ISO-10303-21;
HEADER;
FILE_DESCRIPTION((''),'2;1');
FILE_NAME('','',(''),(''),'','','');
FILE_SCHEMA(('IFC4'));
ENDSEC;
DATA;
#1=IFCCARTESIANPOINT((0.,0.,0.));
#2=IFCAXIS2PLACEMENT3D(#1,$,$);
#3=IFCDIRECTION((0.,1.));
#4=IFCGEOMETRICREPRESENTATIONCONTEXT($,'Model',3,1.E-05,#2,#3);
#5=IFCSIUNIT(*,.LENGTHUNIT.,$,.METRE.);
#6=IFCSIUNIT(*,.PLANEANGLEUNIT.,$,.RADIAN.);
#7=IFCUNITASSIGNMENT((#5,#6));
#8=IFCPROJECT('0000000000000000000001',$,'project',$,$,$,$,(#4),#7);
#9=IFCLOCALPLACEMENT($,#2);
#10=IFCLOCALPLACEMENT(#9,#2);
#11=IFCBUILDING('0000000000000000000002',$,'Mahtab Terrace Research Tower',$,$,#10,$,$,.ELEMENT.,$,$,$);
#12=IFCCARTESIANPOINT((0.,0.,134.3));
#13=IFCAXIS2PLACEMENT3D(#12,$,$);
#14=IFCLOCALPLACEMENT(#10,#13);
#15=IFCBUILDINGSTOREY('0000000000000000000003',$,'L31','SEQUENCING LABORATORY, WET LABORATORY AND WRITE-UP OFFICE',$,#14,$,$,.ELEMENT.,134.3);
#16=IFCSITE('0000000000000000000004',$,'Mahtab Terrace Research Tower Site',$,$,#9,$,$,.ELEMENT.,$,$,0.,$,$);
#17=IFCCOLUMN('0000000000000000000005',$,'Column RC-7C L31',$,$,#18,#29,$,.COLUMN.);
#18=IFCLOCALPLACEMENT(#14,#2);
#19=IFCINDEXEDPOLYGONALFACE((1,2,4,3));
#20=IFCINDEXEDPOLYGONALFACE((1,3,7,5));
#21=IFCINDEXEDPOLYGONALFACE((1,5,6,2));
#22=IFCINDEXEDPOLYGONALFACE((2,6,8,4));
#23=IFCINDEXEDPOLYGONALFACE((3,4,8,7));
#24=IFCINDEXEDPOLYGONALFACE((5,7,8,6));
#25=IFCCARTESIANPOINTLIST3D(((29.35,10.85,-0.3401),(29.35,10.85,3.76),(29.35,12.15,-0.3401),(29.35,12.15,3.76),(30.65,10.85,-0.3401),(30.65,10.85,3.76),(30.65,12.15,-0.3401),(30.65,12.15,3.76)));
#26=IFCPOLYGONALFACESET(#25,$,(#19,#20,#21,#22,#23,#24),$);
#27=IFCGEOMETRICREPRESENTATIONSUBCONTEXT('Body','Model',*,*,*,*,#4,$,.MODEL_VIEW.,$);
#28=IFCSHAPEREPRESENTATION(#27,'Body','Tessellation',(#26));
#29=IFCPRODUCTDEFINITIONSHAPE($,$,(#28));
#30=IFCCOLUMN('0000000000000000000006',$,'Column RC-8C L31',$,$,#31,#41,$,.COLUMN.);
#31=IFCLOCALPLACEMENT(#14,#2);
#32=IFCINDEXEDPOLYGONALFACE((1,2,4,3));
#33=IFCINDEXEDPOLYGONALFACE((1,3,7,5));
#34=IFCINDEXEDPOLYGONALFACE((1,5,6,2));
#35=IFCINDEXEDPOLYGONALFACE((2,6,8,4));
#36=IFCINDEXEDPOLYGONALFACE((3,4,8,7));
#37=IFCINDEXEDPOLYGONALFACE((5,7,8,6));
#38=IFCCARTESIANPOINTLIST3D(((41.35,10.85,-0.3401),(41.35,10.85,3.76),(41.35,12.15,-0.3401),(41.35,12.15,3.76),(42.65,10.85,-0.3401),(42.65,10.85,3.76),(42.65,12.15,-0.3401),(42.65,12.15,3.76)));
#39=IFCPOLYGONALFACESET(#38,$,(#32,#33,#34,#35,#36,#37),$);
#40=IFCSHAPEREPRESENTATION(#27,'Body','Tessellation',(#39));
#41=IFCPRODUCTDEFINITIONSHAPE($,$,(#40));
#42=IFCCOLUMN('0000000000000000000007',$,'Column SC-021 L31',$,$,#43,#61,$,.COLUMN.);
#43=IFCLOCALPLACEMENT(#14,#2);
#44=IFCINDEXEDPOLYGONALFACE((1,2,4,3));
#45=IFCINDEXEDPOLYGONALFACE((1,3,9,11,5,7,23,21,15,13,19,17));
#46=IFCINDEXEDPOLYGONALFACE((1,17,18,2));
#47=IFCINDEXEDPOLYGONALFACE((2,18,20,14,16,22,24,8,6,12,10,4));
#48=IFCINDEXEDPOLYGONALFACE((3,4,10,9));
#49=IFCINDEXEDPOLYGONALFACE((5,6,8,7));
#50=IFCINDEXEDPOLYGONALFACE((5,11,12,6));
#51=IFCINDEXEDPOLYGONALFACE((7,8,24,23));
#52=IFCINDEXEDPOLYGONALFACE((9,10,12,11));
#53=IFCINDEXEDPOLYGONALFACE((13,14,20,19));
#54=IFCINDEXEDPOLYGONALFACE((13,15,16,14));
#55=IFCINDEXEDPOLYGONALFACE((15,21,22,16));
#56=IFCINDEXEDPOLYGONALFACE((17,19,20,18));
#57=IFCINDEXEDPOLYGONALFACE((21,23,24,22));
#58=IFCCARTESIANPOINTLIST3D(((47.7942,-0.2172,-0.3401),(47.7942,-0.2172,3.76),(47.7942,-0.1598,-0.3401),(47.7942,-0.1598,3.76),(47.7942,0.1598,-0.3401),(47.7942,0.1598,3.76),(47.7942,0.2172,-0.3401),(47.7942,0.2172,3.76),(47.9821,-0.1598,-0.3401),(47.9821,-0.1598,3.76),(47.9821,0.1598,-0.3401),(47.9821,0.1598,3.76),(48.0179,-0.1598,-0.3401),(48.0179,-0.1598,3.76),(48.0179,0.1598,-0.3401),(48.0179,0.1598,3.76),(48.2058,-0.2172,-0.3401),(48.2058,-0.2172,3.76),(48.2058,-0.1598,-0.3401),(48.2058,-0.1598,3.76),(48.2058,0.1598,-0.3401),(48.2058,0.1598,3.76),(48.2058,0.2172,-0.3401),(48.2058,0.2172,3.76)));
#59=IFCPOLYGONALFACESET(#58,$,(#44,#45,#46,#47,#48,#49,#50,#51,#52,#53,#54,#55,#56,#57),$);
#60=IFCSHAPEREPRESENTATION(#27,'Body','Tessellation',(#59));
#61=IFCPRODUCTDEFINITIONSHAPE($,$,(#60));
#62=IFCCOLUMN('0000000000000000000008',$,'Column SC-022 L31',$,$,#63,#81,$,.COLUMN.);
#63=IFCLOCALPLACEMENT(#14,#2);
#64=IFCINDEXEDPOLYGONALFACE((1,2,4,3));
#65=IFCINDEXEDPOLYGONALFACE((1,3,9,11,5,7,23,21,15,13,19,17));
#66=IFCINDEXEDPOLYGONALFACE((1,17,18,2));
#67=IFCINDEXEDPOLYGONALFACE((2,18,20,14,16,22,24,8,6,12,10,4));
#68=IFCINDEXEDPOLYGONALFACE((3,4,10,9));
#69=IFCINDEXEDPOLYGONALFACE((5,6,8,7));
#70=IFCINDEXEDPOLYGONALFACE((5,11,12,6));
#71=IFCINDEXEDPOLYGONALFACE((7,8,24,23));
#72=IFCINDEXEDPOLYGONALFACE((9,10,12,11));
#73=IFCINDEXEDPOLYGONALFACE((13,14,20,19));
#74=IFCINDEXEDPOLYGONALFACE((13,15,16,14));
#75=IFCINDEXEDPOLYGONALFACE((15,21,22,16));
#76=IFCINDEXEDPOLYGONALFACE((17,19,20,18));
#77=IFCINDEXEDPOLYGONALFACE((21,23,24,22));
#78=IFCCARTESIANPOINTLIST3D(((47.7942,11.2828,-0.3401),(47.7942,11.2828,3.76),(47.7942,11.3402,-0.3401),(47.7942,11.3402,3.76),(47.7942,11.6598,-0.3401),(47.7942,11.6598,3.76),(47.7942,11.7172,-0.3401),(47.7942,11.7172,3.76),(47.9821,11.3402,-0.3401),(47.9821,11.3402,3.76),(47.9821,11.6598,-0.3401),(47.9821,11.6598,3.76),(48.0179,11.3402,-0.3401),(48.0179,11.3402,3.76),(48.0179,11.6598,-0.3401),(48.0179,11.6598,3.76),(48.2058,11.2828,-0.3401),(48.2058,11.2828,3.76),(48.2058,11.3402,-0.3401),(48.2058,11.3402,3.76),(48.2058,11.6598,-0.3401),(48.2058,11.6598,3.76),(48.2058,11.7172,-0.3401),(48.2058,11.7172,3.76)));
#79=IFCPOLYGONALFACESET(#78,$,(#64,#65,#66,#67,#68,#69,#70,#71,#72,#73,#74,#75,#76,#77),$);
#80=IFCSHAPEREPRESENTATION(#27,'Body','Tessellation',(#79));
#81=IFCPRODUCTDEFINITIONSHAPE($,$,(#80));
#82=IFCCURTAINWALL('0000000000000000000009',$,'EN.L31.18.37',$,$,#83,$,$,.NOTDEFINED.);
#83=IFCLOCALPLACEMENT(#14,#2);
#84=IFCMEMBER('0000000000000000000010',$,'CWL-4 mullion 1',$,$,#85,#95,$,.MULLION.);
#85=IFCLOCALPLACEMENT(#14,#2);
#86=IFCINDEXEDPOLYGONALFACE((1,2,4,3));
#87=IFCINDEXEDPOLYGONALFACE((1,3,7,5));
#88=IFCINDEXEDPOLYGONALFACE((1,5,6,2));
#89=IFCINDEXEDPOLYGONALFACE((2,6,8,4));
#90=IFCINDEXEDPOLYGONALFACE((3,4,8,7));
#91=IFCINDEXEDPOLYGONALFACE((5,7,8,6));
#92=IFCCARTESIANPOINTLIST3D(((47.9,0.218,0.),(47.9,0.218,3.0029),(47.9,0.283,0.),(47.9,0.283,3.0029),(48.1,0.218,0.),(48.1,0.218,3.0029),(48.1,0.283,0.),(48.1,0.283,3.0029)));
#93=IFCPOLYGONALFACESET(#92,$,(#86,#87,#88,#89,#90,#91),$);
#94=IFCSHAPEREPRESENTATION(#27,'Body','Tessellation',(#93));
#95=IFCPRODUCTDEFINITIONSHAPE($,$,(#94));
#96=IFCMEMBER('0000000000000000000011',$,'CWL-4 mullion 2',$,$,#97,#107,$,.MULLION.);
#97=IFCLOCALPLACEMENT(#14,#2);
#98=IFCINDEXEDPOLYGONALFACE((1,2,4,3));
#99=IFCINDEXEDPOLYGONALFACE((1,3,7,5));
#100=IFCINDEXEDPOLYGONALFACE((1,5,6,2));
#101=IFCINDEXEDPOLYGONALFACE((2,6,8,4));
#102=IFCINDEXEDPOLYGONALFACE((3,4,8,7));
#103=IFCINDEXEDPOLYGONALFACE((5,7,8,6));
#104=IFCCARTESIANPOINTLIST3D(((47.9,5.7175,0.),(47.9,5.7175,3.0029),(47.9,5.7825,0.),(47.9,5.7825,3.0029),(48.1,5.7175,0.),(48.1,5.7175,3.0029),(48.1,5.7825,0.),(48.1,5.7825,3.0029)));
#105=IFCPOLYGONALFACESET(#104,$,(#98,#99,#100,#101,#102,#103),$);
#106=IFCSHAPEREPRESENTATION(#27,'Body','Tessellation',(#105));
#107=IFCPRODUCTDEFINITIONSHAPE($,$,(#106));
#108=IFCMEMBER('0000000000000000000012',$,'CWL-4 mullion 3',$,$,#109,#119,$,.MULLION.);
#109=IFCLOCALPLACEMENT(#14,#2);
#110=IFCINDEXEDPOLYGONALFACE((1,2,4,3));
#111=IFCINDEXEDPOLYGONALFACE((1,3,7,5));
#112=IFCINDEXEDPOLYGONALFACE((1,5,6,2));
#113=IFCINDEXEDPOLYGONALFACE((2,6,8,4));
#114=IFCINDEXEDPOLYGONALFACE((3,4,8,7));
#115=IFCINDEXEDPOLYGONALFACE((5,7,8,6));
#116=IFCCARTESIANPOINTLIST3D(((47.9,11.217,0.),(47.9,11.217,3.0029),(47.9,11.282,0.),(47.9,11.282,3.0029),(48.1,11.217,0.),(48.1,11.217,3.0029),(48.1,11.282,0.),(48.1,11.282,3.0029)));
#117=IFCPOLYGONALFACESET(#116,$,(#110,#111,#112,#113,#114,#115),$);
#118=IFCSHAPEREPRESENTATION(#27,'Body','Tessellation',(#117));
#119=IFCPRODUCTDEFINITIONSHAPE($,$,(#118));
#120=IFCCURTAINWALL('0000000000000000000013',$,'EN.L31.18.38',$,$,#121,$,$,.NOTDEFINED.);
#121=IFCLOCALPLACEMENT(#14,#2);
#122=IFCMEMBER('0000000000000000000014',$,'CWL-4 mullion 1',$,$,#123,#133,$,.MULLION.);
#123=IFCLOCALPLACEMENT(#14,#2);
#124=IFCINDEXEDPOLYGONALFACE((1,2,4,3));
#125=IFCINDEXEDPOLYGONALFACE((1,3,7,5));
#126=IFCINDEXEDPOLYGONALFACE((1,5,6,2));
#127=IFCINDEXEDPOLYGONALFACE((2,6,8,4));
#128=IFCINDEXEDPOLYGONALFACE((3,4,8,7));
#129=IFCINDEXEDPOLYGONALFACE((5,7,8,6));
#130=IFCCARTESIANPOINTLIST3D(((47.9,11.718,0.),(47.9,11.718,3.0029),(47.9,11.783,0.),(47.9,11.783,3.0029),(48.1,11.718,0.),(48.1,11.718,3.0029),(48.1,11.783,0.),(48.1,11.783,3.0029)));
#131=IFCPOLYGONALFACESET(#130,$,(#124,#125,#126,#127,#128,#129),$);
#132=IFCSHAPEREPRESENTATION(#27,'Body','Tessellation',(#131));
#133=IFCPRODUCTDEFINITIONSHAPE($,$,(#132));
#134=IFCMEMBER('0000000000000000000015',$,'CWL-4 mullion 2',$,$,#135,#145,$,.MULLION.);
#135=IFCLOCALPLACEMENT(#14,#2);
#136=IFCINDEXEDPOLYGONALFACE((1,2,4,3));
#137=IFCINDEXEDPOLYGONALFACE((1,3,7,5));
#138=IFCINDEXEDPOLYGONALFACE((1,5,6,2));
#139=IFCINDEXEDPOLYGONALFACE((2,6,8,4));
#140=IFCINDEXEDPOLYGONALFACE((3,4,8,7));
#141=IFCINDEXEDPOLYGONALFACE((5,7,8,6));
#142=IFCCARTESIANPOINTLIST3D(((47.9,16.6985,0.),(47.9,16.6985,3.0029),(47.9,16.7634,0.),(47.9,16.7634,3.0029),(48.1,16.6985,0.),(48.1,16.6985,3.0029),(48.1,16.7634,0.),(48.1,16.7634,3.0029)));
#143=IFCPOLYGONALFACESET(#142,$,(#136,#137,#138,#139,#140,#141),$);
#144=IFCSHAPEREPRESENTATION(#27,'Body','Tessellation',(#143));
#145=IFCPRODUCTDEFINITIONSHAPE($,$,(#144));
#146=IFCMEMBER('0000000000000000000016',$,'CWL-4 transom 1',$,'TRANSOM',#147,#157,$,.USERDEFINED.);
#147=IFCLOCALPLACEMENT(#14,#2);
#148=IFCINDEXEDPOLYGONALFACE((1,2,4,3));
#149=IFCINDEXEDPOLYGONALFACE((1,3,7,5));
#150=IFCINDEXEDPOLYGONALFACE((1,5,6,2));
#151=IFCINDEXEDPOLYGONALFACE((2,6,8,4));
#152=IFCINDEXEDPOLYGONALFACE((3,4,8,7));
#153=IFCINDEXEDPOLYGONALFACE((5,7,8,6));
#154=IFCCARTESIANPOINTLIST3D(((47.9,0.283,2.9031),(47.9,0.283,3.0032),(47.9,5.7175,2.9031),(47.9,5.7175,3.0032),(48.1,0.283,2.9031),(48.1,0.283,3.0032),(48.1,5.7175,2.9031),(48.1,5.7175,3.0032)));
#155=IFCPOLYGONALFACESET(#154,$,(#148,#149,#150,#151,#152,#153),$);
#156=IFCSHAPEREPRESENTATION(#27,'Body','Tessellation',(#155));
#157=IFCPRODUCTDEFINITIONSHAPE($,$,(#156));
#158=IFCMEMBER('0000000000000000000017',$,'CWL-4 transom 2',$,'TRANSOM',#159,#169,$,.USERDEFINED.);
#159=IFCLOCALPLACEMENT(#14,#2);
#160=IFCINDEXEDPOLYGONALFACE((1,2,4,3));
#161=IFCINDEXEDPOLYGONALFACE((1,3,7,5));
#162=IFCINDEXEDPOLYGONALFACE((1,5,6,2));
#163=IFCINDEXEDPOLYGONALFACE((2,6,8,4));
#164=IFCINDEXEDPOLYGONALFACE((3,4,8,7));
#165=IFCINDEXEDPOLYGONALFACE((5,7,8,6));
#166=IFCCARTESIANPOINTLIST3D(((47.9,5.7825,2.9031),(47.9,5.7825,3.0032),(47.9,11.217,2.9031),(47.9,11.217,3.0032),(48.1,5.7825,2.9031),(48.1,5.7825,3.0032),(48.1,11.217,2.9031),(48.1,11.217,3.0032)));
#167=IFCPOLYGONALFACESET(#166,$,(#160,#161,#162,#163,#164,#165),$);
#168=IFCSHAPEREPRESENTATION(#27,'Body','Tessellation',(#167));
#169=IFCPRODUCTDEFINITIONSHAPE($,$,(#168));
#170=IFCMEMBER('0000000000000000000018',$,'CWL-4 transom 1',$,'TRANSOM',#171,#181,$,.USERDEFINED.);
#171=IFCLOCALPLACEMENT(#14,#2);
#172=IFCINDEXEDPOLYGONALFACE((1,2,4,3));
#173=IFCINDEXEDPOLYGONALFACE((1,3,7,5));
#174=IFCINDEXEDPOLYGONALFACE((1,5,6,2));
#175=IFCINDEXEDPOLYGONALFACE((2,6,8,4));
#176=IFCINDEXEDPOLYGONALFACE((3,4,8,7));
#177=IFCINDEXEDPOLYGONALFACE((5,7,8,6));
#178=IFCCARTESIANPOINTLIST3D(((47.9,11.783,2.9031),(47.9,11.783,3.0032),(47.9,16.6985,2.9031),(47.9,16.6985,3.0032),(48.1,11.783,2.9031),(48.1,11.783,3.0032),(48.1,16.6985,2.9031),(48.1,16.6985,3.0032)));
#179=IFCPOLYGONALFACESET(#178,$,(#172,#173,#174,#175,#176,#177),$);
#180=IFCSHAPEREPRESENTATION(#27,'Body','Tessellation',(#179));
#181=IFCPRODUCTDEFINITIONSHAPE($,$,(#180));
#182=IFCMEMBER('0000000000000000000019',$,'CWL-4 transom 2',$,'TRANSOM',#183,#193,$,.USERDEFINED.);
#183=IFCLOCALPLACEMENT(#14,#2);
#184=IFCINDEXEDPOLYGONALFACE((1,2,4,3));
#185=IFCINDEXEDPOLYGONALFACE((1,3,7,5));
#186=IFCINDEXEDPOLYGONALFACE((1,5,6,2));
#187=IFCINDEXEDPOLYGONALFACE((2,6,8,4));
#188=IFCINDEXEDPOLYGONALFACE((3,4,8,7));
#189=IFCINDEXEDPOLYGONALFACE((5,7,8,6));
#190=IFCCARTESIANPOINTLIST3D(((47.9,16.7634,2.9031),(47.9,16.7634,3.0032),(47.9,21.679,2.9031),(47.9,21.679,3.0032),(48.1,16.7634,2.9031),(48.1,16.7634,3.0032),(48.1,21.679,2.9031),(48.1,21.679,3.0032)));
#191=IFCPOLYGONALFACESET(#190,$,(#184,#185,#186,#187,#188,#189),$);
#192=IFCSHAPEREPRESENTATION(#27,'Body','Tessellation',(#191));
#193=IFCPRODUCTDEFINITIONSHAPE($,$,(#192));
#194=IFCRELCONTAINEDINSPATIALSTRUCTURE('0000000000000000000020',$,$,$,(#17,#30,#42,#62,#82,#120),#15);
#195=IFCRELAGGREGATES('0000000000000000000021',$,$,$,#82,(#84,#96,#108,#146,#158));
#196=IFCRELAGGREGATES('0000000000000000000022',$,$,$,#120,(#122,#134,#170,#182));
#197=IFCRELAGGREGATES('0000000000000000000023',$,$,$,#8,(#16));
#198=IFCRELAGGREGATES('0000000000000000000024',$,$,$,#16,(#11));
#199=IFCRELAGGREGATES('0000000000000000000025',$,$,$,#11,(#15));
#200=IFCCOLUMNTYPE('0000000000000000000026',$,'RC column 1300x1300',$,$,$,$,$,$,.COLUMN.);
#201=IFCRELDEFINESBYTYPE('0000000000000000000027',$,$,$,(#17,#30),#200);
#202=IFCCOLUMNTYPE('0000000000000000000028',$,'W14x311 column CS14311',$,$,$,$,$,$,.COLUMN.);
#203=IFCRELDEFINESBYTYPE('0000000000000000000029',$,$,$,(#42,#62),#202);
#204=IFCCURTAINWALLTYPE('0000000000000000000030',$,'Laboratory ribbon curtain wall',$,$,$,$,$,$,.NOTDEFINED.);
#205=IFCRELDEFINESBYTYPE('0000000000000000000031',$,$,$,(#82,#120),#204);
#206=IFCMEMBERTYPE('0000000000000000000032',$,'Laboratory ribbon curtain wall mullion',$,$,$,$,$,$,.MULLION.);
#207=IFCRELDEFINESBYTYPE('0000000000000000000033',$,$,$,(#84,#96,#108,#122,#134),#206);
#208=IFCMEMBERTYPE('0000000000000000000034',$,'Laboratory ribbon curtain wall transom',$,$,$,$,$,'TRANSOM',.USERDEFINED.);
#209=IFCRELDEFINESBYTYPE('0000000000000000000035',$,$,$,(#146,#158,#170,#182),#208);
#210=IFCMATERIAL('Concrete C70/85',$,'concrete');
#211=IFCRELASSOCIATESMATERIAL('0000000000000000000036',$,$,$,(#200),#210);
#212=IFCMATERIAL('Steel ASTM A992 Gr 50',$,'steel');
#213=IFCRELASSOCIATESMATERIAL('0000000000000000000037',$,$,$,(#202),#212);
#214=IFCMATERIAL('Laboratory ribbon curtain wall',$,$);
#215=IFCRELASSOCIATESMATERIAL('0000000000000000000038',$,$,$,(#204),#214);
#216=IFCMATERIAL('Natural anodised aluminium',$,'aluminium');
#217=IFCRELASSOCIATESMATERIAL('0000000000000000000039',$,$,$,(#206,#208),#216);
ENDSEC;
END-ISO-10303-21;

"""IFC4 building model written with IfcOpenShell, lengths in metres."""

from ifc_helpers import new_model, si_unit, direction, frame, origin, origin_2d, place, context, subcontext, project, spatial, rectangle, i_section, extrude, material, material_profile, profile_set, type_object, element, aggregate, save


model = new_model("IFC4")

# Units and contexts
model_context = context("Model", 3, precision=1e-05, world=origin(), true_north=direction((0.0, 1.0)))
body_context = subcontext(model_context, "Body", "Model", "MODEL_VIEW")
ifc_project = project(units=[si_unit("LENGTHUNIT", "METRE"), si_unit("PLANEANGLEUNIT", "RADIAN")], contexts=[model_context])

# Site, building, storey
site_placement = place(None, origin())
site = spatial("IfcSite", under=ifc_project, at=site_placement, Name="Mahtab Terrace Research Tower Site", CompositionType="ELEMENT", RefElevation=0.0)
building_placement = place(site_placement, origin())
building = spatial("IfcBuilding", under=site, at=building_placement, Name="Mahtab Terrace Research Tower", CompositionType="ELEMENT")
storey_placement = place(building_placement, frame((0.0, 0.0, 134.3)))
storey = spatial("IfcBuildingStorey", under=building, at=storey_placement, Name="L31", Description="SEQUENCING LABORATORY, WET LABORATORY AND WRITE-UP OFFICE", CompositionType="ELEMENT", Elevation=134.3)

# Columns
ifc_material_1 = material(Name="Concrete C70/85", Category="concrete")
ifc_material_profile_1 = material_profile(ifc_material_1, rectangle(XDim=1.3, YDim=1.3, at=origin_2d()), Name="RC column 1300x1300")
ifc_profile_set_1 = profile_set([ifc_material_profile_1], Name="Concrete C70/85")
column_type_1 = type_object("IfcColumnType", Name="RC column 1300x1300", PredefinedType="COLUMN", material=ifc_profile_set_1)
for number, where, z_axis, x_axis, name in (
    (1, (30.0, 11.5, -0.3401), (0.0, 0.0, 1.0), (1.0, 0.0, 0.0), "Column RC-7C L31"),
    (2, (42.0, 11.5, -0.3401), (0.0, 0.0, 1.0), (1.0, 0.0, 0.0), "Column RC-8C L31"),
):
    element("IfcColumn", number, at=place(storey_placement, frame(where, z_axis=z_axis, x_axis=x_axis)), inside=storey, type_object=column_type_1, Name=name, PredefinedType="COLUMN", context=body_context, shape_type="SweptSolid", body=[
        extrude(rectangle(XDim=1.3, YDim=1.3, at=origin_2d()), origin(), (0.0, 0.0, 1.0), 4.1001),
    ])
ifc_material_2 = material(Name="Steel ASTM A992 Gr 50", Category="steel")
ifc_material_profile_2 = material_profile(ifc_material_2, i_section(OverallWidth=0.4116, OverallDepth=0.4343, WebThickness=0.0359, FlangeThickness=0.0574, at=origin_2d()), Name="W14X311")
ifc_profile_set_2 = profile_set([ifc_material_profile_2], Name="Steel ASTM A992 Gr 50")
column_type_2 = type_object("IfcColumnType", Name="W14x311 column CS14311", PredefinedType="COLUMN", material=ifc_profile_set_2)
for number, where, z_axis, x_axis, name in (
    (3, (48.0, 0.0, -0.3401), (0.0, 0.0, 1.0), (1.0, 0.0, 0.0), "Column SC-021 L31"),
    (4, (48.0, 11.5, -0.3401), (0.0, 0.0, 1.0), (1.0, 0.0, 0.0), "Column SC-022 L31"),
):
    element("IfcColumn", number, at=place(storey_placement, frame(where, z_axis=z_axis, x_axis=x_axis)), inside=storey, type_object=column_type_2, Name=name, PredefinedType="COLUMN", context=body_context, shape_type="SweptSolid", body=[
        extrude(i_section(OverallWidth=0.4116, OverallDepth=0.4343, WebThickness=0.0359, FlangeThickness=0.0574, at=origin_2d()), origin(), (0.0, 0.0, 1.0), 4.1001),
    ])

# Curtain walls, members
ifc_material_3 = material(Name="Laboratory ribbon curtain wall")
curtain_wall_type = type_object("IfcCurtainWallType", Name="Laboratory ribbon curtain wall", PredefinedType="NOTDEFINED", material=ifc_material_3)
curtain_wall_1_placement = place(storey_placement, origin())
curtain_wall_1 = element("IfcCurtainWall", 5, at=curtain_wall_1_placement, inside=storey, type_object=curtain_wall_type, Name="EN.L31.18.37", PredefinedType="NOTDEFINED")
ifc_material_4 = material(Name="Natural anodised aluminium", Category="aluminium")
ifc_material_profile_3 = material_profile(ifc_material_4, rectangle(XDim=0.2, YDim=0.0649, at=origin_2d()), Name="MULLION 65x200")
ifc_profile_set_3 = profile_set([ifc_material_profile_3], Name="Natural anodised aluminium")
member_type_1 = type_object("IfcMemberType", Name="Laboratory ribbon curtain wall mullion", PredefinedType="MULLION", material=ifc_profile_set_3)
member_1_placement = place(storey_placement, frame((48.0, 0.2505, 0.0), z_axis=(0.0, 0.0, 1.0), x_axis=(-1.0, 0.0, 0.0)))
member_1 = element("IfcMember", 6, at=member_1_placement, type_object=member_type_1, Name="CWL-4 mullion 1", PredefinedType="MULLION", context=body_context, shape_type="SweptSolid", body=[
    extrude(rectangle(XDim=0.2, YDim=0.0649, at=origin_2d()), origin(), (0.0, 0.0, 1.0), 3.0029),
])
member_2_placement = place(storey_placement, frame((48.0, 5.75, 0.0), z_axis=(0.0, 0.0, 1.0), x_axis=(-1.0, 0.0, 0.0)))
member_2 = element("IfcMember", 7, at=member_2_placement, type_object=member_type_1, Name="CWL-4 mullion 2", PredefinedType="MULLION", context=body_context, shape_type="SweptSolid", body=[
    extrude(rectangle(XDim=0.2, YDim=0.0649, at=origin_2d()), origin(), (0.0, 0.0, 1.0), 3.0029),
])
member_3_placement = place(storey_placement, frame((48.0, 11.2495, 0.0), z_axis=(0.0, 0.0, 1.0), x_axis=(-1.0, 0.0, 0.0)))
member_3 = element("IfcMember", 8, at=member_3_placement, type_object=member_type_1, Name="CWL-4 mullion 3", PredefinedType="MULLION", context=body_context, shape_type="SweptSolid", body=[
    extrude(rectangle(XDim=0.2, YDim=0.0649, at=origin_2d()), origin(), (0.0, 0.0, 1.0), 3.0029),
])
curtain_wall_2_placement = place(storey_placement, origin())
curtain_wall_2 = element("IfcCurtainWall", 9, at=curtain_wall_2_placement, inside=storey, type_object=curtain_wall_type, Name="EN.L31.18.38", PredefinedType="NOTDEFINED")
member_4_placement = place(storey_placement, frame((48.0, 11.7505, 0.0), z_axis=(0.0, 0.0, 1.0), x_axis=(-1.0, 0.0, 0.0)))
member_4 = element("IfcMember", 10, at=member_4_placement, type_object=member_type_1, Name="CWL-4 mullion 1", PredefinedType="MULLION", context=body_context, shape_type="SweptSolid", body=[
    extrude(rectangle(XDim=0.2, YDim=0.0649, at=origin_2d()), origin(), (0.0, 0.0, 1.0), 3.0029),
])
member_5_placement = place(storey_placement, frame((48.0, 16.731, 0.0), z_axis=(0.0, 0.0, 1.0), x_axis=(-1.0, 0.0, 0.0)))
member_5 = element("IfcMember", 11, at=member_5_placement, type_object=member_type_1, Name="CWL-4 mullion 2", PredefinedType="MULLION", context=body_context, shape_type="SweptSolid", body=[
    extrude(rectangle(XDim=0.2, YDim=0.0649, at=origin_2d()), origin(), (0.0, 0.0, 1.0), 3.0029),
])

# Members
ifc_material_profile_4 = material_profile(ifc_material_4, rectangle(XDim=0.2, YDim=0.1001, at=origin_2d()), Name="TRANSOM 100x200")
ifc_profile_set_4 = profile_set([ifc_material_profile_4], Name="Natural anodised aluminium")
member_type_2 = type_object("IfcMemberType", Name="Laboratory ribbon curtain wall transom", ElementType="TRANSOM", PredefinedType="USERDEFINED", material=ifc_profile_set_4)
member_6_placement = place(storey_placement, frame((48.0, 0.283, 2.9531), z_axis=(0.0, 1.0, 0.0), x_axis=(-1.0, 0.0, 0.0)))
member_6 = element("IfcMember", 12, at=member_6_placement, type_object=member_type_2, Name="CWL-4 transom 1", ObjectType="TRANSOM", PredefinedType="USERDEFINED", context=body_context, shape_type="SweptSolid", body=[
    extrude(rectangle(XDim=0.2, YDim=0.1001, at=origin_2d()), origin(), (0.0, 0.0, 1.0), 5.4346),
])
member_7_placement = place(storey_placement, frame((48.0, 5.7825, 2.9531), z_axis=(0.0, 1.0, 0.0), x_axis=(-1.0, 0.0, 0.0)))
member_7 = element("IfcMember", 13, at=member_7_placement, type_object=member_type_2, Name="CWL-4 transom 2", ObjectType="TRANSOM", PredefinedType="USERDEFINED", context=body_context, shape_type="SweptSolid", body=[
    extrude(rectangle(XDim=0.2, YDim=0.1001, at=origin_2d()), origin(), (0.0, 0.0, 1.0), 5.4346),
])
member_8_placement = place(storey_placement, frame((48.0, 11.783, 2.9531), z_axis=(0.0, 1.0, 0.0), x_axis=(-1.0, 0.0, 0.0)))
member_8 = element("IfcMember", 14, at=member_8_placement, type_object=member_type_2, Name="CWL-4 transom 1", ObjectType="TRANSOM", PredefinedType="USERDEFINED", context=body_context, shape_type="SweptSolid", body=[
    extrude(rectangle(XDim=0.2, YDim=0.1001, at=origin_2d()), origin(), (0.0, 0.0, 1.0), 4.9155),
])
member_9_placement = place(storey_placement, frame((48.0, 16.7634, 2.9531), z_axis=(0.0, 1.0, 0.0), x_axis=(-1.0, 0.0, 0.0)))
member_9 = element("IfcMember", 15, at=member_9_placement, type_object=member_type_2, Name="CWL-4 transom 2", ObjectType="TRANSOM", PredefinedType="USERDEFINED", context=body_context, shape_type="SweptSolid", body=[
    extrude(rectangle(XDim=0.2, YDim=0.1001, at=origin_2d()), origin(), (0.0, 0.0, 1.0), 4.9155),
])

aggregate(curtain_wall_1, [member_1, member_2, member_3, member_6, member_7])
aggregate(curtain_wall_2, [member_4, member_5, member_8, member_9])

save(model, "model.ifc")
